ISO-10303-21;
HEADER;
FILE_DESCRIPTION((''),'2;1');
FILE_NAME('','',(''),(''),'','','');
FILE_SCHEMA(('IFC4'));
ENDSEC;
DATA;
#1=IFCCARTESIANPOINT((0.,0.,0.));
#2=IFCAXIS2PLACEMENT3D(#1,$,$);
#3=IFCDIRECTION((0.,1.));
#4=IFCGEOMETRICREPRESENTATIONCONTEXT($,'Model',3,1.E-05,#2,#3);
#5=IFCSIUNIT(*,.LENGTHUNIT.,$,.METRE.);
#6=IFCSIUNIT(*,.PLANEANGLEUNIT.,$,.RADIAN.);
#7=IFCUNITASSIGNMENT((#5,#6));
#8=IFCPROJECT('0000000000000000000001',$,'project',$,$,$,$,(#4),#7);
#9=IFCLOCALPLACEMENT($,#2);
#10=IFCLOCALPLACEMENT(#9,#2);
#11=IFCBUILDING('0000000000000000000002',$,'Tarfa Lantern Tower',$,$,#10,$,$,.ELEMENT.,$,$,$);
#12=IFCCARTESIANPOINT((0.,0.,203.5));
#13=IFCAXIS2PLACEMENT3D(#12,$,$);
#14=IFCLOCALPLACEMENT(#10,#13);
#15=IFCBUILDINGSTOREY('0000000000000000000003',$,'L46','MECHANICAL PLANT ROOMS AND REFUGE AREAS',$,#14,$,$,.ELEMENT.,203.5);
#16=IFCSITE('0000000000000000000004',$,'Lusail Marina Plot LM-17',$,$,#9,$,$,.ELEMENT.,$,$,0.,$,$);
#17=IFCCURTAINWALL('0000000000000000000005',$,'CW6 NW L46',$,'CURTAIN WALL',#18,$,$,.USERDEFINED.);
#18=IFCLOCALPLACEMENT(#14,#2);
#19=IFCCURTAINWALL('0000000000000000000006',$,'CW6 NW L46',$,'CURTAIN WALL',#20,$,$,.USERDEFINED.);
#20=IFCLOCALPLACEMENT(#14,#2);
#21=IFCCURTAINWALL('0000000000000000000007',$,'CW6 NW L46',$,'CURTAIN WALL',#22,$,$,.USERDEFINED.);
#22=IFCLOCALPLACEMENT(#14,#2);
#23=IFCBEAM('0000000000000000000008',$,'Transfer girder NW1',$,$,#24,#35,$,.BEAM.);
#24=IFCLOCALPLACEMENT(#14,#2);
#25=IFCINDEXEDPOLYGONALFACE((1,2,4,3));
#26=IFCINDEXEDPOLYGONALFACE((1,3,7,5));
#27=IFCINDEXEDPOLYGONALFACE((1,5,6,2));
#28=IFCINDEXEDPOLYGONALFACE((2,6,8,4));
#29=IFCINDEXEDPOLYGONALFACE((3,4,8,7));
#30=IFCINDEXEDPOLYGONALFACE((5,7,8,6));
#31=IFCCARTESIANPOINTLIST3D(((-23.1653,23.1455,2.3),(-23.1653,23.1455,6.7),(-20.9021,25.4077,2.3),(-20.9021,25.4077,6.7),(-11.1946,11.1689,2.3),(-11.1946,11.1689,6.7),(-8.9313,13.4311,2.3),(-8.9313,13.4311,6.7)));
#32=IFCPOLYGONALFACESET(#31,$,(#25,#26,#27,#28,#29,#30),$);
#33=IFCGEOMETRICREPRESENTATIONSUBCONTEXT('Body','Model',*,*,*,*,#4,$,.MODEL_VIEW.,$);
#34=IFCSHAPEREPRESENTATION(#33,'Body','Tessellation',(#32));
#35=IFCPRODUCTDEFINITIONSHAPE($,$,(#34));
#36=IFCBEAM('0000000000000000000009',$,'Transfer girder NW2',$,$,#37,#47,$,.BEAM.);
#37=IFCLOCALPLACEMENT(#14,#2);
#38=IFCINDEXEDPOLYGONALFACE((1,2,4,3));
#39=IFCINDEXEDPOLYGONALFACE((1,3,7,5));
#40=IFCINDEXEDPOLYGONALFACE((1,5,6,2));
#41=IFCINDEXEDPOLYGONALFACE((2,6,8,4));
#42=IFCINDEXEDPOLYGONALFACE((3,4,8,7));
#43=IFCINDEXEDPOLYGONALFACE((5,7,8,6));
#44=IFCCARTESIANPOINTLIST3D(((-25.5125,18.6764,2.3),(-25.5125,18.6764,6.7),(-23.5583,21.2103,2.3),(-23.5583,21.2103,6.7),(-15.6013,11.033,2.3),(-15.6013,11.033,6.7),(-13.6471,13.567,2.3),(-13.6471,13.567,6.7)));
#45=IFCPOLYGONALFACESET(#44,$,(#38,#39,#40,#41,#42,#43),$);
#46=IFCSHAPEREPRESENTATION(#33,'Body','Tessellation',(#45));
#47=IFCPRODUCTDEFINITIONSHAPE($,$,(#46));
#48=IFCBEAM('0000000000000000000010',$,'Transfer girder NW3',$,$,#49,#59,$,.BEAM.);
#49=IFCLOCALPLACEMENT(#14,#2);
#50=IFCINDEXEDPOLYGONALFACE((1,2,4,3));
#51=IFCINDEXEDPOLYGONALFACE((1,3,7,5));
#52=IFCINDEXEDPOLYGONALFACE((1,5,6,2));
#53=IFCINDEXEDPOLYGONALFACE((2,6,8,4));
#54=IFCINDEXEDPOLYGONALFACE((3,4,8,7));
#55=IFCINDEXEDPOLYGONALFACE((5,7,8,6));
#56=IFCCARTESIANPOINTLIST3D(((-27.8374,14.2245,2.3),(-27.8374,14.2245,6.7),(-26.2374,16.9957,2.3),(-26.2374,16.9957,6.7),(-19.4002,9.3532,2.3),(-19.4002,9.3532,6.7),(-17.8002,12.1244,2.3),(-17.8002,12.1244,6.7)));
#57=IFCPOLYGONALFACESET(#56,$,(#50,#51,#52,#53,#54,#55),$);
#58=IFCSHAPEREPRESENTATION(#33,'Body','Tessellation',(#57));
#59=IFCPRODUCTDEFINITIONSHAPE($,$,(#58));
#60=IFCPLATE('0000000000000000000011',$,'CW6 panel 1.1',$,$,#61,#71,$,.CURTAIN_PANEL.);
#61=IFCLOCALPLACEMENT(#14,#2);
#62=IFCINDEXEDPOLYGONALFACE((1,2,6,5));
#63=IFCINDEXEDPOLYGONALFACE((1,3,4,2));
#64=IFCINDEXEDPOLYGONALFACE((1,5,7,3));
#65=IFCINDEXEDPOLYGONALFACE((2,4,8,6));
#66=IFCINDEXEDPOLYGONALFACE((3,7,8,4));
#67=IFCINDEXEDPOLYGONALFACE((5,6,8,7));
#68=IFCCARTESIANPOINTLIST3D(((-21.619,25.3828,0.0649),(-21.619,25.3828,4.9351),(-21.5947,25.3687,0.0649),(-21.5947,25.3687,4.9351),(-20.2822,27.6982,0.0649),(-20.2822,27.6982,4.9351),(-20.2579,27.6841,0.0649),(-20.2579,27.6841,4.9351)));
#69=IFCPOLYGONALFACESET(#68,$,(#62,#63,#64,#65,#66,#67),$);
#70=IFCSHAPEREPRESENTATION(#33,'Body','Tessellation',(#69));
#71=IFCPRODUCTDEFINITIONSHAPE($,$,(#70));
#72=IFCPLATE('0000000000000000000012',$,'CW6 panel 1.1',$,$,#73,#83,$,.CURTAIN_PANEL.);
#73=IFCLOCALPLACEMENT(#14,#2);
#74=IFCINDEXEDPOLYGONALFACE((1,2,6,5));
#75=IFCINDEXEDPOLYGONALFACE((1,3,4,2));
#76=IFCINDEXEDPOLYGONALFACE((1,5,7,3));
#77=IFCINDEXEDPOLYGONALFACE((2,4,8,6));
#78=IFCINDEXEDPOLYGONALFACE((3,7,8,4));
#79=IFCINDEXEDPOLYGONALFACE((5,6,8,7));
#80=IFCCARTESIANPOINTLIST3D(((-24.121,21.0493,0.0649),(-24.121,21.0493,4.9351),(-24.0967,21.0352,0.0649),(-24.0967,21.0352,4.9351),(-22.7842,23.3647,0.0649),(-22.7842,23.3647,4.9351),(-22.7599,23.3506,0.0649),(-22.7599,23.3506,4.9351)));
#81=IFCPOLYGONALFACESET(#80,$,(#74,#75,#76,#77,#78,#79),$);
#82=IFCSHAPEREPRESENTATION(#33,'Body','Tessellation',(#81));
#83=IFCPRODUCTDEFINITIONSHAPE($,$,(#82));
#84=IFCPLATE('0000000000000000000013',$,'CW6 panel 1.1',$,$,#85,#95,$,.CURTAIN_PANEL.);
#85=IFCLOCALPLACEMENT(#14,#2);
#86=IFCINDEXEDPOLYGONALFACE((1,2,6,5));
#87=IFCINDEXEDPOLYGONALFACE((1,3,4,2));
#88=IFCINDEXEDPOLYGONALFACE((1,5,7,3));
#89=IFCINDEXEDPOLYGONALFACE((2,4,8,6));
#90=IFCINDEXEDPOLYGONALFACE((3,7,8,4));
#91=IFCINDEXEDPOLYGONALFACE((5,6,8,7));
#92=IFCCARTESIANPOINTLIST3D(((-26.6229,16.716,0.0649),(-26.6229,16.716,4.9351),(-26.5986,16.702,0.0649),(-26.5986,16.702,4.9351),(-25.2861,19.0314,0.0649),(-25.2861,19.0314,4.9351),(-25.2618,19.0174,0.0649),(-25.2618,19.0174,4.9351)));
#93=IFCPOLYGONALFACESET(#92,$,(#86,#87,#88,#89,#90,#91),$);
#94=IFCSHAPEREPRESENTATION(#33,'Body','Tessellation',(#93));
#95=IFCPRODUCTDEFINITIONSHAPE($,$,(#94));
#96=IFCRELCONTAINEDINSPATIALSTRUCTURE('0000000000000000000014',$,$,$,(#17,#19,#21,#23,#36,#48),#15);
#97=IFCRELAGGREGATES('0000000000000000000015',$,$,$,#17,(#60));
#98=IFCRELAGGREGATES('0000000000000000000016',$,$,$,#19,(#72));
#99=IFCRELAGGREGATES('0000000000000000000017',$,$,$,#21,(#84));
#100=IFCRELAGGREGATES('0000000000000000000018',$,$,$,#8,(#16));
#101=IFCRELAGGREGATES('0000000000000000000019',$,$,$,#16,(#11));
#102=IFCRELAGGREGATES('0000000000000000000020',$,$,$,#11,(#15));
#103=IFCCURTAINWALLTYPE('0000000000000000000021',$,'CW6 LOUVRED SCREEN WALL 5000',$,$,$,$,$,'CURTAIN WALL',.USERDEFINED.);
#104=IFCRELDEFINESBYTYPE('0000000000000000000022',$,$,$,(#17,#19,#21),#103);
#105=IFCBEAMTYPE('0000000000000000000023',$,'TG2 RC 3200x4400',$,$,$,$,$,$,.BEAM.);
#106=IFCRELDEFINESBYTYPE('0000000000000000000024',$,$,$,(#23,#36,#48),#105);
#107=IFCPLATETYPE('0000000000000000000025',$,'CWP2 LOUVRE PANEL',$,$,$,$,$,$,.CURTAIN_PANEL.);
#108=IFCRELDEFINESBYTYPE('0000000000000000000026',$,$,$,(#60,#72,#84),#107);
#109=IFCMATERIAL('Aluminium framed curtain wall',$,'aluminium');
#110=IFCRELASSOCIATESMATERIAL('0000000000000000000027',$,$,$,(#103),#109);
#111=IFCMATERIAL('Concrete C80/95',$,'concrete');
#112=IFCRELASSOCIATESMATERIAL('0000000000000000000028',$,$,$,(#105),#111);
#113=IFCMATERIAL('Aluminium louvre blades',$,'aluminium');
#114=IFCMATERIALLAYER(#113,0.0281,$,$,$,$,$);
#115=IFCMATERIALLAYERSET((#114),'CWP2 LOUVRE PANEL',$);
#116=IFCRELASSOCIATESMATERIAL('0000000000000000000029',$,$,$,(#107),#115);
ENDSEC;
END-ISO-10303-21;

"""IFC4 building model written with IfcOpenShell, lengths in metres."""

from ifc_helpers import new_model, si_unit, direction, frame, origin, origin_2d, place, context, subcontext, project, spatial, rectangle, extrude, material, layer, layer_set, material_profile, profile_set, type_object, element, aggregate, save


model = new_model("IFC4")

# Units and contexts
model_context = context("Model", 3, precision=1e-05, world=origin(), true_north=direction((0.0, 1.0)))
body_context = subcontext(model_context, "Body", "Model", "MODEL_VIEW")
ifc_project = project(units=[si_unit("LENGTHUNIT", "METRE"), si_unit("PLANEANGLEUNIT", "RADIAN")], contexts=[model_context])

# Site, building, storey
site_placement = place(None, origin())
site = spatial("IfcSite", under=ifc_project, at=site_placement, Name="Lusail Marina Plot LM-17", CompositionType="ELEMENT", RefElevation=0.0)
building_placement = place(site_placement, origin())
building = spatial("IfcBuilding", under=site, at=building_placement, Name="Tarfa Lantern Tower", CompositionType="ELEMENT")
storey_placement = place(building_placement, frame((0.0, 0.0, 203.5)))
storey = spatial("IfcBuildingStorey", under=building, at=storey_placement, Name="L46", Description="MECHANICAL PLANT ROOMS AND REFUGE AREAS", CompositionType="ELEMENT", Elevation=203.5)

# Shared definitions
ifc_material_1 = material(Name="Concrete C80/95", Category="concrete")

# Curtain walls
ifc_material_2 = material(Name="Aluminium framed curtain wall", Category="aluminium")
curtain_wall_type = type_object("IfcCurtainWallType", Name="CW6 LOUVRED SCREEN WALL 5000", ElementType="CURTAIN WALL", PredefinedType="USERDEFINED", material=ifc_material_2)
curtain_wall_1_placement = place(storey_placement, origin())
curtain_wall_1 = element("IfcCurtainWall", 1, at=curtain_wall_1_placement, inside=storey, type_object=curtain_wall_type, Name="CW6 NW L46", ObjectType="CURTAIN WALL", PredefinedType="USERDEFINED")
curtain_wall_2_placement = place(storey_placement, origin())
curtain_wall_2 = element("IfcCurtainWall", 2, at=curtain_wall_2_placement, inside=storey, type_object=curtain_wall_type, Name="CW6 NW L46", ObjectType="CURTAIN WALL", PredefinedType="USERDEFINED")
curtain_wall_3_placement = place(storey_placement, origin())
curtain_wall_3 = element("IfcCurtainWall", 3, at=curtain_wall_3_placement, inside=storey, type_object=curtain_wall_type, Name="CW6 NW L46", ObjectType="CURTAIN WALL", PredefinedType="USERDEFINED")

# Beams
ifc_material_profile_1 = material_profile(ifc_material_1, rectangle(XDim=3.2, YDim=4.3999, at=origin_2d()), Name="RC 3200x4400")
ifc_profile_set_1 = profile_set([ifc_material_profile_1], Name="Concrete C80/95")
beam_type_1 = type_object("IfcBeamType", Name="TG2 RC 3200x4400", PredefinedType="BEAM", material=ifc_profile_set_1)
beam_1_placement = place(storey_placement, frame((-22.0337, 24.2766, 4.5), z_axis=(0.706934, -0.70728, 0.0), x_axis=(0.70728, 0.706934, 0.0)))
element("IfcBeam", 4, at=beam_1_placement, inside=storey, type_object=beam_type_1, Name="Transfer girder NW1", PredefinedType="BEAM", context=body_context, shape_type="SweptSolid", body=[
    extrude(rectangle(XDim=3.2, YDim=4.3999, at=origin_2d()), origin(), (0.0, 0.0, 1.0), 16.9333),
])
beam_2_placement = place(storey_placement, frame((-24.5354, 19.9434, 4.5), z_axis=(0.791876, -0.610682, 0.0), x_axis=(0.610682, 0.791876, 0.0)))
element("IfcBeam", 5, at=beam_2_placement, inside=storey, type_object=beam_type_1, Name="Transfer girder NW2", PredefinedType="BEAM", context=body_context, shape_type="SweptSolid", body=[
    extrude(rectangle(XDim=3.2, YDim=4.3999, at=origin_2d()), origin(), (0.0, 0.0, 1.0), 12.5161),
])
beam_3_placement = place(storey_placement, frame((-27.0374, 15.6101, 4.5), z_axis=(0.866022, -0.500007, 0.0), x_axis=(0.500007, 0.866022, 0.0)))
element("IfcBeam", 6, at=beam_3_placement, inside=storey, type_object=beam_type_1, Name="Transfer girder NW3", PredefinedType="BEAM", context=body_context, shape_type="SweptSolid", body=[
    extrude(rectangle(XDim=3.2, YDim=4.3999, at=origin_2d()), origin(), (0.0, 0.0, 1.0), 9.7424),
])

# Plates
ifc_material_3 = material(Name="Aluminium louvre blades", Category="aluminium")
ifc_layer = layer(ifc_material_3, 0.0281)
ifc_layer_set = layer_set([ifc_layer], Name="CWP2 LOUVRE PANEL")
plate_type = type_object("IfcPlateType", Name="CWP2 LOUVRE PANEL", PredefinedType="CURTAIN_PANEL", material=ifc_layer_set)
plate_1_placement = place(storey_placement, frame((-20.9385, 26.5334, 0.0649), z_axis=(0.0, 0.0, 1.0), x_axis=(-0.5, -0.866025, 0.0)))
plate_1 = element("IfcPlate", 7, at=plate_1_placement, type_object=plate_type, Name="CW6 panel 1.1", PredefinedType="CURTAIN_PANEL", context=body_context, shape_type="SweptSolid", body=[
    extrude(rectangle(XDim=2.6736, YDim=0.0281, at=origin_2d()), origin(), (0.0, 0.0, 1.0), 4.8701),
])
aggregate(curtain_wall_1, [plate_1])
plate_2_placement = place(storey_placement, frame((-23.4404, 22.2, 0.0649), z_axis=(0.0, 0.0, 1.0), x_axis=(-0.5, -0.866025, 0.0)))
plate_2 = element("IfcPlate", 8, at=plate_2_placement, type_object=plate_type, Name="CW6 panel 1.1", PredefinedType="CURTAIN_PANEL", context=body_context, shape_type="SweptSolid", body=[
    extrude(rectangle(XDim=2.6736, YDim=0.0281, at=origin_2d()), origin(), (0.0, 0.0, 1.0), 4.8701),
])
aggregate(curtain_wall_2, [plate_2])
plate_3_placement = place(storey_placement, frame((-25.9424, 17.8667, 0.0649), z_axis=(0.0, 0.0, 1.0), x_axis=(-0.5, -0.866025, 0.0)))
plate_3 = element("IfcPlate", 9, at=plate_3_placement, type_object=plate_type, Name="CW6 panel 1.1", PredefinedType="CURTAIN_PANEL", context=body_context, shape_type="SweptSolid", body=[
    extrude(rectangle(XDim=2.6736, YDim=0.0281, at=origin_2d()), origin(), (0.0, 0.0, 1.0), 4.8701),
])
aggregate(curtain_wall_3, [plate_3])

save(model, "model.ifc")
